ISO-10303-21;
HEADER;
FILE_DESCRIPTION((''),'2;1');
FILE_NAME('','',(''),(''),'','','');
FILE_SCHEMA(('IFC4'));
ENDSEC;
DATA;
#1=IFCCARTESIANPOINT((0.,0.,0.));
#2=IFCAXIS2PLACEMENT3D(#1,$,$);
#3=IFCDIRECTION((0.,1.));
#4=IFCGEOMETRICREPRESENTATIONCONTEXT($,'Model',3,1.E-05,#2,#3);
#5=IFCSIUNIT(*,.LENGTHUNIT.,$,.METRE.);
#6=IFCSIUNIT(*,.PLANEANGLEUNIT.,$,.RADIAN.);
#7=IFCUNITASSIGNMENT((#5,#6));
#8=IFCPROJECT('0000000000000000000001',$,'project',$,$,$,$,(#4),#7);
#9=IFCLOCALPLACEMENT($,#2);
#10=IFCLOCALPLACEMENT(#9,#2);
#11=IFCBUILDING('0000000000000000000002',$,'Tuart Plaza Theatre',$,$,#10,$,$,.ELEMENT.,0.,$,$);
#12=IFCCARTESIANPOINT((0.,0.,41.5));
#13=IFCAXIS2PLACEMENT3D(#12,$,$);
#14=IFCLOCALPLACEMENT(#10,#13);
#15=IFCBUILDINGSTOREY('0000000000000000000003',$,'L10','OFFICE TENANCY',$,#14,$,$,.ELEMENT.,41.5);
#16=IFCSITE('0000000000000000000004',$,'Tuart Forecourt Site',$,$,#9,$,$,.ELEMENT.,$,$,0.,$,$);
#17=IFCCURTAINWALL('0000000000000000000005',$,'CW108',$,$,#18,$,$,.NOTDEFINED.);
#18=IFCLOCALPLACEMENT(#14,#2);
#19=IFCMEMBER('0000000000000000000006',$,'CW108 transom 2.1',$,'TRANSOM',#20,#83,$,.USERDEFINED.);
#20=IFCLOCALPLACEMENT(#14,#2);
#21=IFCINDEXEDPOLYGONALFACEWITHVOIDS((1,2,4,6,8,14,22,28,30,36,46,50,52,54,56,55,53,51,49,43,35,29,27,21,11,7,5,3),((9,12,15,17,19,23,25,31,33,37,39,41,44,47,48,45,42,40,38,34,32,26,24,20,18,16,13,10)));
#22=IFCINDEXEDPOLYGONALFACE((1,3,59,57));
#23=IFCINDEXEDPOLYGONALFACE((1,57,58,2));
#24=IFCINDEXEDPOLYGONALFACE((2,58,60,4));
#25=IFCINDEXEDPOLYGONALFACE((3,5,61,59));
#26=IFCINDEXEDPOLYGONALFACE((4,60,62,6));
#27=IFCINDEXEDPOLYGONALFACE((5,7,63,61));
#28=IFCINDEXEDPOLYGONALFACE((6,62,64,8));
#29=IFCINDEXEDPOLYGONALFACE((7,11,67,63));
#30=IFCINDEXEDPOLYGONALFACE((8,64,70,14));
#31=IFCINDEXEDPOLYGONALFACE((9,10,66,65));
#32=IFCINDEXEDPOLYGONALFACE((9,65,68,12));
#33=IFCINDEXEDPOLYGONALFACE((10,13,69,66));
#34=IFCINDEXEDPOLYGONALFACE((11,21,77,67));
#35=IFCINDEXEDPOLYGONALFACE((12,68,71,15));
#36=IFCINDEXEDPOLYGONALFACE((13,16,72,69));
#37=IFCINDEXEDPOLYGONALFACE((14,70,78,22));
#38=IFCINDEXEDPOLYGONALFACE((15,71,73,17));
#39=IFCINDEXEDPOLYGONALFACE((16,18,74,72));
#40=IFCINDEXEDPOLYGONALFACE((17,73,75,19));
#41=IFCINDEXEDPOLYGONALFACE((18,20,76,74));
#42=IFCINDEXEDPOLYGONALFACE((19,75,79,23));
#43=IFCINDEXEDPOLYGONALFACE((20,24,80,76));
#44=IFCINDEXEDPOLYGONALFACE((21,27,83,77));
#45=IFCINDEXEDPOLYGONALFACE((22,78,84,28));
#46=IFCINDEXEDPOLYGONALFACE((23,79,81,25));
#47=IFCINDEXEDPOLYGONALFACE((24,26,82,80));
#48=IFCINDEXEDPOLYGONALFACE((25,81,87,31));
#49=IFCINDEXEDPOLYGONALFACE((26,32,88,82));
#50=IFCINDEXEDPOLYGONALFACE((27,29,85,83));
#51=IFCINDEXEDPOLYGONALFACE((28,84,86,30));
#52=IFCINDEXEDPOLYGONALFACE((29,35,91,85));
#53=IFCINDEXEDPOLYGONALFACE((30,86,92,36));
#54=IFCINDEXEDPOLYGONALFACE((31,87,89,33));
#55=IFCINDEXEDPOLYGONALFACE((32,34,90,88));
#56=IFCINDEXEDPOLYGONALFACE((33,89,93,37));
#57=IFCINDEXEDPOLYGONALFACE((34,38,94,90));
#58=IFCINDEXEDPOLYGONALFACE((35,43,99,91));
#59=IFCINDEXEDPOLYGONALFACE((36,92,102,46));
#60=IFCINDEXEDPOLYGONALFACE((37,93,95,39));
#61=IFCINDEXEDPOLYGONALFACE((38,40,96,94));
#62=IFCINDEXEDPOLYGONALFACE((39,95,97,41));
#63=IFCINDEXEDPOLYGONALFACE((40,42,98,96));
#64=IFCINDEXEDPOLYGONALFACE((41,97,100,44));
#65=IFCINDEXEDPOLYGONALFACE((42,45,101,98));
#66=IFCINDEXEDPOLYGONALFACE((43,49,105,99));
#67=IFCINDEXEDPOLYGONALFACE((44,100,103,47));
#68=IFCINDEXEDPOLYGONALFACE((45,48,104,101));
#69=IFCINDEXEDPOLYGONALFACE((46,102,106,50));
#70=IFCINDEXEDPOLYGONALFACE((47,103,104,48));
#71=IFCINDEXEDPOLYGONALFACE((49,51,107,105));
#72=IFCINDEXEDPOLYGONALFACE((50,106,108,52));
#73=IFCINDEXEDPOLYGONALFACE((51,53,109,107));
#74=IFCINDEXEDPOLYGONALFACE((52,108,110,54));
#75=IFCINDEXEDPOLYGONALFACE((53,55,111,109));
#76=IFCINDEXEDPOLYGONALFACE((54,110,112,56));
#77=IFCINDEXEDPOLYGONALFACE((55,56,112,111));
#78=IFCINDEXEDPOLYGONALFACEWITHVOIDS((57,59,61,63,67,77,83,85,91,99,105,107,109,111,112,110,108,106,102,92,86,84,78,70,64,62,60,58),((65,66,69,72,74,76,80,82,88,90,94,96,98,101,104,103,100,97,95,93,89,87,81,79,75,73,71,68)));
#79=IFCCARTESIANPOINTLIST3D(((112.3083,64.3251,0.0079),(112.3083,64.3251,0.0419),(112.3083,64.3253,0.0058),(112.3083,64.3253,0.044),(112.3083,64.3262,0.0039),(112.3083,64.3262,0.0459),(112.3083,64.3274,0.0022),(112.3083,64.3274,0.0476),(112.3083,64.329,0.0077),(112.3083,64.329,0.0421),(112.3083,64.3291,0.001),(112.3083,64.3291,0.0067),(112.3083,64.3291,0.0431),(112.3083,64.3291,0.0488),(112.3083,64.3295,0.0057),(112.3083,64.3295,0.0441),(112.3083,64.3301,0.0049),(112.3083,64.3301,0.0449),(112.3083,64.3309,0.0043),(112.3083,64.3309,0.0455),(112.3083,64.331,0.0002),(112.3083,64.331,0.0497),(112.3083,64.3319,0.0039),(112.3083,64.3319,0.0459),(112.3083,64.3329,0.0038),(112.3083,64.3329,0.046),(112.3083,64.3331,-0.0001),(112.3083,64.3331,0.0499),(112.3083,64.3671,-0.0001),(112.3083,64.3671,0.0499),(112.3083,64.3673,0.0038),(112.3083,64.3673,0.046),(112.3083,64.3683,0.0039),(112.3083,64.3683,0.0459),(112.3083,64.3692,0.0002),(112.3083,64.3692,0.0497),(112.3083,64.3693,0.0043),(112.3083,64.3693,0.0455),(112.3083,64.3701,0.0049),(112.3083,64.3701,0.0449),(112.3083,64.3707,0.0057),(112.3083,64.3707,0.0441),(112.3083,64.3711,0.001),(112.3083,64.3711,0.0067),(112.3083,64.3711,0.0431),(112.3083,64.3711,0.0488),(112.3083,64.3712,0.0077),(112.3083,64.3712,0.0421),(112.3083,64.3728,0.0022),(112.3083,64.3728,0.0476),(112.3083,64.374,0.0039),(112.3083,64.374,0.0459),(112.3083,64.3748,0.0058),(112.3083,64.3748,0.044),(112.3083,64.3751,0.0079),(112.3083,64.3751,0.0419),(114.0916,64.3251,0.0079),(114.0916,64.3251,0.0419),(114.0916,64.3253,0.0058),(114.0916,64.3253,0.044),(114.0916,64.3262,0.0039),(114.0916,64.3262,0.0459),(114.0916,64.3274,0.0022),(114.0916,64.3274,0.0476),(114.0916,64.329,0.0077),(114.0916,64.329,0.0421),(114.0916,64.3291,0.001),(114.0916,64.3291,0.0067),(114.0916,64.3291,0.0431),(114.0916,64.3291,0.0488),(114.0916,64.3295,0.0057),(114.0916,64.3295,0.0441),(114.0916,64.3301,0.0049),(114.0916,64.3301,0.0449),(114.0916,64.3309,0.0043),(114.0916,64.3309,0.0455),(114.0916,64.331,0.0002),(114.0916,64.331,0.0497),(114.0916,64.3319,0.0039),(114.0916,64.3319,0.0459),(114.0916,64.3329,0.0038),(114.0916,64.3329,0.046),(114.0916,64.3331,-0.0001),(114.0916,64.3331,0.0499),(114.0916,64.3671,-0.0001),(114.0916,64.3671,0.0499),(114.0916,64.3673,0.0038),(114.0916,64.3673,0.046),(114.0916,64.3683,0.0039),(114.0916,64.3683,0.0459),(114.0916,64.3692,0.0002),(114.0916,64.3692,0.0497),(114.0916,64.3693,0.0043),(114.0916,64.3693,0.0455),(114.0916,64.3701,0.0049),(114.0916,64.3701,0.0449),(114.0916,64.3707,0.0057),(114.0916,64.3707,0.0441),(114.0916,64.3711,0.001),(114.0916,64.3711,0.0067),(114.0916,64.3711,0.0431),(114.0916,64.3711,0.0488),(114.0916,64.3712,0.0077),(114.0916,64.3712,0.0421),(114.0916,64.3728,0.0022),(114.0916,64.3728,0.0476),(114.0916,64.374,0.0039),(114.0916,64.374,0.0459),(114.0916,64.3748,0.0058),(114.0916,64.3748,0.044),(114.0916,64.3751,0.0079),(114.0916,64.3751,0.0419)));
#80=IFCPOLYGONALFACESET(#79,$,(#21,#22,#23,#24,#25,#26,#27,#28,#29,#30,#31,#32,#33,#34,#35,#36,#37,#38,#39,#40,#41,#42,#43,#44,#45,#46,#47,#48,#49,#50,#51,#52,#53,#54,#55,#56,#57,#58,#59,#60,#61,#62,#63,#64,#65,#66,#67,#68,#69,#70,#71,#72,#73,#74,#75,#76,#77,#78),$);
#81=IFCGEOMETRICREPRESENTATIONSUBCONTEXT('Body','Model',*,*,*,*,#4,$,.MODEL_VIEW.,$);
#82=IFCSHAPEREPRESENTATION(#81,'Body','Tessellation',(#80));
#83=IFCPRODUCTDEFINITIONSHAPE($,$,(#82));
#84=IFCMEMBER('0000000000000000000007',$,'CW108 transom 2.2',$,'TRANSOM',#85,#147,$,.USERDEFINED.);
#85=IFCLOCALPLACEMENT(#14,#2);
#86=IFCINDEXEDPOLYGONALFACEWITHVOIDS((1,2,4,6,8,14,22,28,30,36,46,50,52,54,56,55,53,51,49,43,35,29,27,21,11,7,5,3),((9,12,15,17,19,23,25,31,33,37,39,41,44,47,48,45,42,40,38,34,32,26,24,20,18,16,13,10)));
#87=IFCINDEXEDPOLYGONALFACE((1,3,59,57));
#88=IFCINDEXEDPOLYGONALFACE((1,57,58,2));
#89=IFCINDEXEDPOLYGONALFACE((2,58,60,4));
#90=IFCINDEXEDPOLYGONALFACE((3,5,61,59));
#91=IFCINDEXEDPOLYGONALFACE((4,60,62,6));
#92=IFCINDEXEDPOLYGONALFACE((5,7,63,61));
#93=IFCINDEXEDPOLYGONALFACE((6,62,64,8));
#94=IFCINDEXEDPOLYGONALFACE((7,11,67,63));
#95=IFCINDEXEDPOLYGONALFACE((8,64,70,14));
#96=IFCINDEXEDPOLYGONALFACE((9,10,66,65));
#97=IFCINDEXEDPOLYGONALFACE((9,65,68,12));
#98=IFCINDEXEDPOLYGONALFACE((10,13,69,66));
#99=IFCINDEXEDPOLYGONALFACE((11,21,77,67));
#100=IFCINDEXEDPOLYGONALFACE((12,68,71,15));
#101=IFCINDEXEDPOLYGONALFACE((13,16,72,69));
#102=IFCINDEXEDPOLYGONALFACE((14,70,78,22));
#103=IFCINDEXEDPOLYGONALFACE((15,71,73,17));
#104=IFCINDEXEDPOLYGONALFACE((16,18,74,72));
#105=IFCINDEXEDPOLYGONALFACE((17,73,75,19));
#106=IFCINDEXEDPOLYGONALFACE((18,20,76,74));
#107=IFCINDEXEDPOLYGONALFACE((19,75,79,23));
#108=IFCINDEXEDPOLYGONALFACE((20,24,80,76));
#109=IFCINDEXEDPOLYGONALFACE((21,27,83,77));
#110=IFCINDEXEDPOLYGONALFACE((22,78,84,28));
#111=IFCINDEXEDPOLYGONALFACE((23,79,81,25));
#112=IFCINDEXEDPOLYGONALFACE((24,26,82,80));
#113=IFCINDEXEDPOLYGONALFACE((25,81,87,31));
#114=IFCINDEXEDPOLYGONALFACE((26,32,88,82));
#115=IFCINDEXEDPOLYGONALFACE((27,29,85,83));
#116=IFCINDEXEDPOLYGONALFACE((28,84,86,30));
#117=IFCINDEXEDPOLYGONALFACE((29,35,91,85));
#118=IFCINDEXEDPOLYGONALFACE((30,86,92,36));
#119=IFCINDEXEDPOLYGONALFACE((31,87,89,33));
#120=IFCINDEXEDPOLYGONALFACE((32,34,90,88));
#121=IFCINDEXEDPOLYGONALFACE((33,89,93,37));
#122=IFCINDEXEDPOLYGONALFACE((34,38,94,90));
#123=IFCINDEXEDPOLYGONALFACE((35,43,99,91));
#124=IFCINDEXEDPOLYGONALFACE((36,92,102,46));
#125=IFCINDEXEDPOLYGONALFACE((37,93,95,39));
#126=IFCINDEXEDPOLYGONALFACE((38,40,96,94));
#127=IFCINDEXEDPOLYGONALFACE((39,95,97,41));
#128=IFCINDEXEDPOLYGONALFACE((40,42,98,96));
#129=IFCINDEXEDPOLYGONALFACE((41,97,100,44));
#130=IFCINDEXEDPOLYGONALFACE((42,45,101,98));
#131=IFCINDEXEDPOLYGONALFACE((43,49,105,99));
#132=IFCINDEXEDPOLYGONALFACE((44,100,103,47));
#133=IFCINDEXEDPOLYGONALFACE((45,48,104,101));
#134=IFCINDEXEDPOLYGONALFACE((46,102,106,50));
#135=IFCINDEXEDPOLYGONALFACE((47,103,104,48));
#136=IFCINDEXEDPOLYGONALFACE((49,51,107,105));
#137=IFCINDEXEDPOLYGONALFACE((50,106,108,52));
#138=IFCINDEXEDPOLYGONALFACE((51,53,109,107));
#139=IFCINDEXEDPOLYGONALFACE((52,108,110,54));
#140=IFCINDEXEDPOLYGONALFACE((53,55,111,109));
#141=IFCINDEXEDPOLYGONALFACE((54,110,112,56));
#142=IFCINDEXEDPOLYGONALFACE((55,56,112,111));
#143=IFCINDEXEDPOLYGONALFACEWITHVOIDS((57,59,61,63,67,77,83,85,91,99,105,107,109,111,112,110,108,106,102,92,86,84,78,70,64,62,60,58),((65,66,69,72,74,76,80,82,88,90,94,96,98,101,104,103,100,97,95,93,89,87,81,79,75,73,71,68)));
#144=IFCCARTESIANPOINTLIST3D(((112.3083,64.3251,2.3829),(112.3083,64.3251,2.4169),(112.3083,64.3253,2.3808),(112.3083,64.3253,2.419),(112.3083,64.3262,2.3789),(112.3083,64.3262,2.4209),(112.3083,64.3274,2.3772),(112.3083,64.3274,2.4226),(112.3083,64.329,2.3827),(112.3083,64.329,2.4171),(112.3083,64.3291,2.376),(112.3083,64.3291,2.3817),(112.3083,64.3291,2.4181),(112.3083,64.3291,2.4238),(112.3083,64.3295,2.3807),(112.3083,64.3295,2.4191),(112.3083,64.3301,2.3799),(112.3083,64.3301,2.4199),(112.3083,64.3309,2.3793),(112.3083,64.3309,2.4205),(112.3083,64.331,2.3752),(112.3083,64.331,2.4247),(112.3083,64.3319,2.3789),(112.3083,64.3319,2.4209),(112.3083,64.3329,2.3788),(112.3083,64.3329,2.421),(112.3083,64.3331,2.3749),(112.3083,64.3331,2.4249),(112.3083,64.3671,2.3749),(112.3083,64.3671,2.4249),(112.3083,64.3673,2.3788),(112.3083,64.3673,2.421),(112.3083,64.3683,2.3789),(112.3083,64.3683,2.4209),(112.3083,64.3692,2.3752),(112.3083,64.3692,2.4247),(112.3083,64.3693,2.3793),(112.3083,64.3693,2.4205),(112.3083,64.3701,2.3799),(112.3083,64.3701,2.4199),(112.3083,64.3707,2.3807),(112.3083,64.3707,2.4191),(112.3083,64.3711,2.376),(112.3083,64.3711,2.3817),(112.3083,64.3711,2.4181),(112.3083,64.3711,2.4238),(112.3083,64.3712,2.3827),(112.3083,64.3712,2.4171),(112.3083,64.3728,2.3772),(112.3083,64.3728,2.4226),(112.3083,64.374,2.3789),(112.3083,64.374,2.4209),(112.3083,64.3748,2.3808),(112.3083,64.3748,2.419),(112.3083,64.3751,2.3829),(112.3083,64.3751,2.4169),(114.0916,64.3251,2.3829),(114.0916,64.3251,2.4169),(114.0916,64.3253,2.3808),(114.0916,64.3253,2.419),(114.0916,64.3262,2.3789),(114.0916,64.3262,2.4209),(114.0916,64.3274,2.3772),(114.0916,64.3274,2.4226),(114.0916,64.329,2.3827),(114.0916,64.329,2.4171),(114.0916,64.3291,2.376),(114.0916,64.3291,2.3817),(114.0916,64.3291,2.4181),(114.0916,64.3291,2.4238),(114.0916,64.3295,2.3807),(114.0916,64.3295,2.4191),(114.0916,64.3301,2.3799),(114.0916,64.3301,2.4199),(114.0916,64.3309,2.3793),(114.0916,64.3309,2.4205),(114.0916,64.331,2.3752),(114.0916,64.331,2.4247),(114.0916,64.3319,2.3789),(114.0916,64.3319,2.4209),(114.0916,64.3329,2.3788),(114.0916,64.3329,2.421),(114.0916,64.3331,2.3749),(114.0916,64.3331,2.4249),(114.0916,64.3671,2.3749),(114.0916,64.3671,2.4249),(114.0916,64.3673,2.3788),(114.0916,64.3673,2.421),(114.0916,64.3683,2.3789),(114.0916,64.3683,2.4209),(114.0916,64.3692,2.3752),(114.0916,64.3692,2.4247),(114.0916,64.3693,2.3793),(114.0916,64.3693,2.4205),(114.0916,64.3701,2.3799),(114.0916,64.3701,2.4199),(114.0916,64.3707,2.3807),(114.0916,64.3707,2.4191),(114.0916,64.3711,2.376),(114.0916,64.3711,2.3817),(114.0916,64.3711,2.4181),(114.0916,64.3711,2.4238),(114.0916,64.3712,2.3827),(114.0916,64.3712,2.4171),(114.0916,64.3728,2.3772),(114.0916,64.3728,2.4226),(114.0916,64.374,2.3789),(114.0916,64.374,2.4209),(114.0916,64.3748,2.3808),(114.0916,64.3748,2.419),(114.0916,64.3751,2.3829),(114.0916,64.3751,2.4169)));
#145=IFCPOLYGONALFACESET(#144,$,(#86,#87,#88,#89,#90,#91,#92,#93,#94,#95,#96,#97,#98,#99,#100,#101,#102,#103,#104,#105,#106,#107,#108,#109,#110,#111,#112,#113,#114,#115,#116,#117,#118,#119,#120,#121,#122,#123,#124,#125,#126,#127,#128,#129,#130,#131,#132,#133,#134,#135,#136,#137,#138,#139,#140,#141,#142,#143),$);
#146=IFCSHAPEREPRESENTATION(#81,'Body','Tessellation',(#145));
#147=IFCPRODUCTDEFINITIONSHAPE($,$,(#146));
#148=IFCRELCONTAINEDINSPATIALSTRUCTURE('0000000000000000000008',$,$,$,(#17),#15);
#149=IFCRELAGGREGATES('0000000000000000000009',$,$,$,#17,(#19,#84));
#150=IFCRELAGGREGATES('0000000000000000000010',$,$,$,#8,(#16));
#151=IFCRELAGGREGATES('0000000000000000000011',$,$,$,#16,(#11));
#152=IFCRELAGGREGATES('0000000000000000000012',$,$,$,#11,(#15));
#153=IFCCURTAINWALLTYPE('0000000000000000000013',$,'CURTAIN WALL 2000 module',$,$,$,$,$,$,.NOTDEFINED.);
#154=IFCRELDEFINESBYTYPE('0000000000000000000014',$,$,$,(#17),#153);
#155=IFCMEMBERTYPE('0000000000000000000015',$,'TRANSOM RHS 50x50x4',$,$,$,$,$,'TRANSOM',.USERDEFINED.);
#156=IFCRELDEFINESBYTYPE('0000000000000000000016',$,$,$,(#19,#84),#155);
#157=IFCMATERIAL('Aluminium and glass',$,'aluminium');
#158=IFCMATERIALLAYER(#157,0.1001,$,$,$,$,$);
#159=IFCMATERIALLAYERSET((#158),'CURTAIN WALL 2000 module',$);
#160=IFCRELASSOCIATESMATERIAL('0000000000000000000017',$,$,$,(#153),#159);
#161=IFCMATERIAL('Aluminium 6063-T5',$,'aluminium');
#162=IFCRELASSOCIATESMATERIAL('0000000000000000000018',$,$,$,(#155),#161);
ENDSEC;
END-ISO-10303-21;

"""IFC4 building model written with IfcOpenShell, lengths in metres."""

from ifc_helpers import new_model, si_unit, direction, frame, origin, origin_2d, place, context, subcontext, project, spatial, hollow_rectangle, extrude, material, layer, layer_set, material_profile, profile_set, type_object, element, aggregate, save


model = new_model("IFC4")

# Units and contexts
model_context = context("Model", 3, precision=1e-05, world=origin(), true_north=direction((0.0, 1.0)))
body_context = subcontext(model_context, "Body", "Model", "MODEL_VIEW")
ifc_project = project(units=[si_unit("LENGTHUNIT", "METRE"), si_unit("PLANEANGLEUNIT", "RADIAN")], contexts=[model_context])

# Site, building, storey
site_placement = place(None, origin())
site = spatial("IfcSite", under=ifc_project, at=site_placement, Name="Tuart Forecourt Site", CompositionType="ELEMENT", RefElevation=0.0)
building_placement = place(site_placement, origin())
building = spatial("IfcBuilding", under=site, at=building_placement, Name="Tuart Plaza Theatre", CompositionType="ELEMENT", ElevationOfRefHeight=0.0)
storey_placement = place(building_placement, frame((0.0, 0.0, 41.5)))
storey = spatial("IfcBuildingStorey", under=building, at=storey_placement, Name="L10", Description="OFFICE TENANCY", CompositionType="ELEMENT", Elevation=41.5)

# Curtain wall, members
ifc_material_1 = material(Name="Aluminium and glass", Category="aluminium")
ifc_layer_1 = layer(ifc_material_1, 0.1001)
ifc_layer_set_1 = layer_set([ifc_layer_1], Name="CURTAIN WALL 2000 module")
curtain_wall_type = type_object("IfcCurtainWallType", Name="CURTAIN WALL 2000 module", PredefinedType="NOTDEFINED", material=ifc_layer_set_1)
curtain_wall_placement = place(storey_placement, origin())
curtain_wall = element("IfcCurtainWall", 1, at=curtain_wall_placement, inside=storey, type_object=curtain_wall_type, Name="CW108", PredefinedType="NOTDEFINED")
ifc_material_2 = material(Name="Aluminium 6063-T5", Category="aluminium")
ifc_material_profile_1 = material_profile(ifc_material_2, hollow_rectangle(XDim=0.05, YDim=0.05, WallThickness=0.0039, InnerFilletRadius=0.0039, OuterFilletRadius=0.0081, at=origin_2d()), Name="RHS 50x50x4")
ifc_profile_set_1 = profile_set([ifc_material_profile_1], Name="Aluminium 6063-T5")
member_type_1 = type_object("IfcMemberType", Name="TRANSOM RHS 50x50x4", ElementType="TRANSOM", PredefinedType="USERDEFINED", material=ifc_profile_set_1)
member_1_placement = place(storey_placement, frame((112.3083, 64.3501, 0.0249), z_axis=(1.0, 0.0, 0.0), x_axis=(0.0, 1.0, 0.0)))
member_1 = element("IfcMember", 2, at=member_1_placement, type_object=member_type_1, Name="CW108 transom 2.1", ObjectType="TRANSOM", PredefinedType="USERDEFINED", context=body_context, shape_type="SweptSolid", body=[
    extrude(hollow_rectangle(XDim=0.05, YDim=0.05, WallThickness=0.0039, InnerFilletRadius=0.0039, OuterFilletRadius=0.0081, at=origin_2d()), origin(), (0.0, 0.0, 1.0), 1.7832),
])
member_2_placement = place(storey_placement, frame((112.3083, 64.3501, 2.3999), z_axis=(1.0, 0.0, 0.0), x_axis=(0.0, 1.0, 0.0)))
member_2 = element("IfcMember", 3, at=member_2_placement, type_object=member_type_1, Name="CW108 transom 2.2", ObjectType="TRANSOM", PredefinedType="USERDEFINED", context=body_context, shape_type="SweptSolid", body=[
    extrude(hollow_rectangle(XDim=0.05, YDim=0.05, WallThickness=0.0039, InnerFilletRadius=0.0039, OuterFilletRadius=0.0081, at=origin_2d()), origin(), (0.0, 0.0, 1.0), 1.7832),
])
aggregate(curtain_wall, [member_1, member_2])

save(model, "model.ifc")
